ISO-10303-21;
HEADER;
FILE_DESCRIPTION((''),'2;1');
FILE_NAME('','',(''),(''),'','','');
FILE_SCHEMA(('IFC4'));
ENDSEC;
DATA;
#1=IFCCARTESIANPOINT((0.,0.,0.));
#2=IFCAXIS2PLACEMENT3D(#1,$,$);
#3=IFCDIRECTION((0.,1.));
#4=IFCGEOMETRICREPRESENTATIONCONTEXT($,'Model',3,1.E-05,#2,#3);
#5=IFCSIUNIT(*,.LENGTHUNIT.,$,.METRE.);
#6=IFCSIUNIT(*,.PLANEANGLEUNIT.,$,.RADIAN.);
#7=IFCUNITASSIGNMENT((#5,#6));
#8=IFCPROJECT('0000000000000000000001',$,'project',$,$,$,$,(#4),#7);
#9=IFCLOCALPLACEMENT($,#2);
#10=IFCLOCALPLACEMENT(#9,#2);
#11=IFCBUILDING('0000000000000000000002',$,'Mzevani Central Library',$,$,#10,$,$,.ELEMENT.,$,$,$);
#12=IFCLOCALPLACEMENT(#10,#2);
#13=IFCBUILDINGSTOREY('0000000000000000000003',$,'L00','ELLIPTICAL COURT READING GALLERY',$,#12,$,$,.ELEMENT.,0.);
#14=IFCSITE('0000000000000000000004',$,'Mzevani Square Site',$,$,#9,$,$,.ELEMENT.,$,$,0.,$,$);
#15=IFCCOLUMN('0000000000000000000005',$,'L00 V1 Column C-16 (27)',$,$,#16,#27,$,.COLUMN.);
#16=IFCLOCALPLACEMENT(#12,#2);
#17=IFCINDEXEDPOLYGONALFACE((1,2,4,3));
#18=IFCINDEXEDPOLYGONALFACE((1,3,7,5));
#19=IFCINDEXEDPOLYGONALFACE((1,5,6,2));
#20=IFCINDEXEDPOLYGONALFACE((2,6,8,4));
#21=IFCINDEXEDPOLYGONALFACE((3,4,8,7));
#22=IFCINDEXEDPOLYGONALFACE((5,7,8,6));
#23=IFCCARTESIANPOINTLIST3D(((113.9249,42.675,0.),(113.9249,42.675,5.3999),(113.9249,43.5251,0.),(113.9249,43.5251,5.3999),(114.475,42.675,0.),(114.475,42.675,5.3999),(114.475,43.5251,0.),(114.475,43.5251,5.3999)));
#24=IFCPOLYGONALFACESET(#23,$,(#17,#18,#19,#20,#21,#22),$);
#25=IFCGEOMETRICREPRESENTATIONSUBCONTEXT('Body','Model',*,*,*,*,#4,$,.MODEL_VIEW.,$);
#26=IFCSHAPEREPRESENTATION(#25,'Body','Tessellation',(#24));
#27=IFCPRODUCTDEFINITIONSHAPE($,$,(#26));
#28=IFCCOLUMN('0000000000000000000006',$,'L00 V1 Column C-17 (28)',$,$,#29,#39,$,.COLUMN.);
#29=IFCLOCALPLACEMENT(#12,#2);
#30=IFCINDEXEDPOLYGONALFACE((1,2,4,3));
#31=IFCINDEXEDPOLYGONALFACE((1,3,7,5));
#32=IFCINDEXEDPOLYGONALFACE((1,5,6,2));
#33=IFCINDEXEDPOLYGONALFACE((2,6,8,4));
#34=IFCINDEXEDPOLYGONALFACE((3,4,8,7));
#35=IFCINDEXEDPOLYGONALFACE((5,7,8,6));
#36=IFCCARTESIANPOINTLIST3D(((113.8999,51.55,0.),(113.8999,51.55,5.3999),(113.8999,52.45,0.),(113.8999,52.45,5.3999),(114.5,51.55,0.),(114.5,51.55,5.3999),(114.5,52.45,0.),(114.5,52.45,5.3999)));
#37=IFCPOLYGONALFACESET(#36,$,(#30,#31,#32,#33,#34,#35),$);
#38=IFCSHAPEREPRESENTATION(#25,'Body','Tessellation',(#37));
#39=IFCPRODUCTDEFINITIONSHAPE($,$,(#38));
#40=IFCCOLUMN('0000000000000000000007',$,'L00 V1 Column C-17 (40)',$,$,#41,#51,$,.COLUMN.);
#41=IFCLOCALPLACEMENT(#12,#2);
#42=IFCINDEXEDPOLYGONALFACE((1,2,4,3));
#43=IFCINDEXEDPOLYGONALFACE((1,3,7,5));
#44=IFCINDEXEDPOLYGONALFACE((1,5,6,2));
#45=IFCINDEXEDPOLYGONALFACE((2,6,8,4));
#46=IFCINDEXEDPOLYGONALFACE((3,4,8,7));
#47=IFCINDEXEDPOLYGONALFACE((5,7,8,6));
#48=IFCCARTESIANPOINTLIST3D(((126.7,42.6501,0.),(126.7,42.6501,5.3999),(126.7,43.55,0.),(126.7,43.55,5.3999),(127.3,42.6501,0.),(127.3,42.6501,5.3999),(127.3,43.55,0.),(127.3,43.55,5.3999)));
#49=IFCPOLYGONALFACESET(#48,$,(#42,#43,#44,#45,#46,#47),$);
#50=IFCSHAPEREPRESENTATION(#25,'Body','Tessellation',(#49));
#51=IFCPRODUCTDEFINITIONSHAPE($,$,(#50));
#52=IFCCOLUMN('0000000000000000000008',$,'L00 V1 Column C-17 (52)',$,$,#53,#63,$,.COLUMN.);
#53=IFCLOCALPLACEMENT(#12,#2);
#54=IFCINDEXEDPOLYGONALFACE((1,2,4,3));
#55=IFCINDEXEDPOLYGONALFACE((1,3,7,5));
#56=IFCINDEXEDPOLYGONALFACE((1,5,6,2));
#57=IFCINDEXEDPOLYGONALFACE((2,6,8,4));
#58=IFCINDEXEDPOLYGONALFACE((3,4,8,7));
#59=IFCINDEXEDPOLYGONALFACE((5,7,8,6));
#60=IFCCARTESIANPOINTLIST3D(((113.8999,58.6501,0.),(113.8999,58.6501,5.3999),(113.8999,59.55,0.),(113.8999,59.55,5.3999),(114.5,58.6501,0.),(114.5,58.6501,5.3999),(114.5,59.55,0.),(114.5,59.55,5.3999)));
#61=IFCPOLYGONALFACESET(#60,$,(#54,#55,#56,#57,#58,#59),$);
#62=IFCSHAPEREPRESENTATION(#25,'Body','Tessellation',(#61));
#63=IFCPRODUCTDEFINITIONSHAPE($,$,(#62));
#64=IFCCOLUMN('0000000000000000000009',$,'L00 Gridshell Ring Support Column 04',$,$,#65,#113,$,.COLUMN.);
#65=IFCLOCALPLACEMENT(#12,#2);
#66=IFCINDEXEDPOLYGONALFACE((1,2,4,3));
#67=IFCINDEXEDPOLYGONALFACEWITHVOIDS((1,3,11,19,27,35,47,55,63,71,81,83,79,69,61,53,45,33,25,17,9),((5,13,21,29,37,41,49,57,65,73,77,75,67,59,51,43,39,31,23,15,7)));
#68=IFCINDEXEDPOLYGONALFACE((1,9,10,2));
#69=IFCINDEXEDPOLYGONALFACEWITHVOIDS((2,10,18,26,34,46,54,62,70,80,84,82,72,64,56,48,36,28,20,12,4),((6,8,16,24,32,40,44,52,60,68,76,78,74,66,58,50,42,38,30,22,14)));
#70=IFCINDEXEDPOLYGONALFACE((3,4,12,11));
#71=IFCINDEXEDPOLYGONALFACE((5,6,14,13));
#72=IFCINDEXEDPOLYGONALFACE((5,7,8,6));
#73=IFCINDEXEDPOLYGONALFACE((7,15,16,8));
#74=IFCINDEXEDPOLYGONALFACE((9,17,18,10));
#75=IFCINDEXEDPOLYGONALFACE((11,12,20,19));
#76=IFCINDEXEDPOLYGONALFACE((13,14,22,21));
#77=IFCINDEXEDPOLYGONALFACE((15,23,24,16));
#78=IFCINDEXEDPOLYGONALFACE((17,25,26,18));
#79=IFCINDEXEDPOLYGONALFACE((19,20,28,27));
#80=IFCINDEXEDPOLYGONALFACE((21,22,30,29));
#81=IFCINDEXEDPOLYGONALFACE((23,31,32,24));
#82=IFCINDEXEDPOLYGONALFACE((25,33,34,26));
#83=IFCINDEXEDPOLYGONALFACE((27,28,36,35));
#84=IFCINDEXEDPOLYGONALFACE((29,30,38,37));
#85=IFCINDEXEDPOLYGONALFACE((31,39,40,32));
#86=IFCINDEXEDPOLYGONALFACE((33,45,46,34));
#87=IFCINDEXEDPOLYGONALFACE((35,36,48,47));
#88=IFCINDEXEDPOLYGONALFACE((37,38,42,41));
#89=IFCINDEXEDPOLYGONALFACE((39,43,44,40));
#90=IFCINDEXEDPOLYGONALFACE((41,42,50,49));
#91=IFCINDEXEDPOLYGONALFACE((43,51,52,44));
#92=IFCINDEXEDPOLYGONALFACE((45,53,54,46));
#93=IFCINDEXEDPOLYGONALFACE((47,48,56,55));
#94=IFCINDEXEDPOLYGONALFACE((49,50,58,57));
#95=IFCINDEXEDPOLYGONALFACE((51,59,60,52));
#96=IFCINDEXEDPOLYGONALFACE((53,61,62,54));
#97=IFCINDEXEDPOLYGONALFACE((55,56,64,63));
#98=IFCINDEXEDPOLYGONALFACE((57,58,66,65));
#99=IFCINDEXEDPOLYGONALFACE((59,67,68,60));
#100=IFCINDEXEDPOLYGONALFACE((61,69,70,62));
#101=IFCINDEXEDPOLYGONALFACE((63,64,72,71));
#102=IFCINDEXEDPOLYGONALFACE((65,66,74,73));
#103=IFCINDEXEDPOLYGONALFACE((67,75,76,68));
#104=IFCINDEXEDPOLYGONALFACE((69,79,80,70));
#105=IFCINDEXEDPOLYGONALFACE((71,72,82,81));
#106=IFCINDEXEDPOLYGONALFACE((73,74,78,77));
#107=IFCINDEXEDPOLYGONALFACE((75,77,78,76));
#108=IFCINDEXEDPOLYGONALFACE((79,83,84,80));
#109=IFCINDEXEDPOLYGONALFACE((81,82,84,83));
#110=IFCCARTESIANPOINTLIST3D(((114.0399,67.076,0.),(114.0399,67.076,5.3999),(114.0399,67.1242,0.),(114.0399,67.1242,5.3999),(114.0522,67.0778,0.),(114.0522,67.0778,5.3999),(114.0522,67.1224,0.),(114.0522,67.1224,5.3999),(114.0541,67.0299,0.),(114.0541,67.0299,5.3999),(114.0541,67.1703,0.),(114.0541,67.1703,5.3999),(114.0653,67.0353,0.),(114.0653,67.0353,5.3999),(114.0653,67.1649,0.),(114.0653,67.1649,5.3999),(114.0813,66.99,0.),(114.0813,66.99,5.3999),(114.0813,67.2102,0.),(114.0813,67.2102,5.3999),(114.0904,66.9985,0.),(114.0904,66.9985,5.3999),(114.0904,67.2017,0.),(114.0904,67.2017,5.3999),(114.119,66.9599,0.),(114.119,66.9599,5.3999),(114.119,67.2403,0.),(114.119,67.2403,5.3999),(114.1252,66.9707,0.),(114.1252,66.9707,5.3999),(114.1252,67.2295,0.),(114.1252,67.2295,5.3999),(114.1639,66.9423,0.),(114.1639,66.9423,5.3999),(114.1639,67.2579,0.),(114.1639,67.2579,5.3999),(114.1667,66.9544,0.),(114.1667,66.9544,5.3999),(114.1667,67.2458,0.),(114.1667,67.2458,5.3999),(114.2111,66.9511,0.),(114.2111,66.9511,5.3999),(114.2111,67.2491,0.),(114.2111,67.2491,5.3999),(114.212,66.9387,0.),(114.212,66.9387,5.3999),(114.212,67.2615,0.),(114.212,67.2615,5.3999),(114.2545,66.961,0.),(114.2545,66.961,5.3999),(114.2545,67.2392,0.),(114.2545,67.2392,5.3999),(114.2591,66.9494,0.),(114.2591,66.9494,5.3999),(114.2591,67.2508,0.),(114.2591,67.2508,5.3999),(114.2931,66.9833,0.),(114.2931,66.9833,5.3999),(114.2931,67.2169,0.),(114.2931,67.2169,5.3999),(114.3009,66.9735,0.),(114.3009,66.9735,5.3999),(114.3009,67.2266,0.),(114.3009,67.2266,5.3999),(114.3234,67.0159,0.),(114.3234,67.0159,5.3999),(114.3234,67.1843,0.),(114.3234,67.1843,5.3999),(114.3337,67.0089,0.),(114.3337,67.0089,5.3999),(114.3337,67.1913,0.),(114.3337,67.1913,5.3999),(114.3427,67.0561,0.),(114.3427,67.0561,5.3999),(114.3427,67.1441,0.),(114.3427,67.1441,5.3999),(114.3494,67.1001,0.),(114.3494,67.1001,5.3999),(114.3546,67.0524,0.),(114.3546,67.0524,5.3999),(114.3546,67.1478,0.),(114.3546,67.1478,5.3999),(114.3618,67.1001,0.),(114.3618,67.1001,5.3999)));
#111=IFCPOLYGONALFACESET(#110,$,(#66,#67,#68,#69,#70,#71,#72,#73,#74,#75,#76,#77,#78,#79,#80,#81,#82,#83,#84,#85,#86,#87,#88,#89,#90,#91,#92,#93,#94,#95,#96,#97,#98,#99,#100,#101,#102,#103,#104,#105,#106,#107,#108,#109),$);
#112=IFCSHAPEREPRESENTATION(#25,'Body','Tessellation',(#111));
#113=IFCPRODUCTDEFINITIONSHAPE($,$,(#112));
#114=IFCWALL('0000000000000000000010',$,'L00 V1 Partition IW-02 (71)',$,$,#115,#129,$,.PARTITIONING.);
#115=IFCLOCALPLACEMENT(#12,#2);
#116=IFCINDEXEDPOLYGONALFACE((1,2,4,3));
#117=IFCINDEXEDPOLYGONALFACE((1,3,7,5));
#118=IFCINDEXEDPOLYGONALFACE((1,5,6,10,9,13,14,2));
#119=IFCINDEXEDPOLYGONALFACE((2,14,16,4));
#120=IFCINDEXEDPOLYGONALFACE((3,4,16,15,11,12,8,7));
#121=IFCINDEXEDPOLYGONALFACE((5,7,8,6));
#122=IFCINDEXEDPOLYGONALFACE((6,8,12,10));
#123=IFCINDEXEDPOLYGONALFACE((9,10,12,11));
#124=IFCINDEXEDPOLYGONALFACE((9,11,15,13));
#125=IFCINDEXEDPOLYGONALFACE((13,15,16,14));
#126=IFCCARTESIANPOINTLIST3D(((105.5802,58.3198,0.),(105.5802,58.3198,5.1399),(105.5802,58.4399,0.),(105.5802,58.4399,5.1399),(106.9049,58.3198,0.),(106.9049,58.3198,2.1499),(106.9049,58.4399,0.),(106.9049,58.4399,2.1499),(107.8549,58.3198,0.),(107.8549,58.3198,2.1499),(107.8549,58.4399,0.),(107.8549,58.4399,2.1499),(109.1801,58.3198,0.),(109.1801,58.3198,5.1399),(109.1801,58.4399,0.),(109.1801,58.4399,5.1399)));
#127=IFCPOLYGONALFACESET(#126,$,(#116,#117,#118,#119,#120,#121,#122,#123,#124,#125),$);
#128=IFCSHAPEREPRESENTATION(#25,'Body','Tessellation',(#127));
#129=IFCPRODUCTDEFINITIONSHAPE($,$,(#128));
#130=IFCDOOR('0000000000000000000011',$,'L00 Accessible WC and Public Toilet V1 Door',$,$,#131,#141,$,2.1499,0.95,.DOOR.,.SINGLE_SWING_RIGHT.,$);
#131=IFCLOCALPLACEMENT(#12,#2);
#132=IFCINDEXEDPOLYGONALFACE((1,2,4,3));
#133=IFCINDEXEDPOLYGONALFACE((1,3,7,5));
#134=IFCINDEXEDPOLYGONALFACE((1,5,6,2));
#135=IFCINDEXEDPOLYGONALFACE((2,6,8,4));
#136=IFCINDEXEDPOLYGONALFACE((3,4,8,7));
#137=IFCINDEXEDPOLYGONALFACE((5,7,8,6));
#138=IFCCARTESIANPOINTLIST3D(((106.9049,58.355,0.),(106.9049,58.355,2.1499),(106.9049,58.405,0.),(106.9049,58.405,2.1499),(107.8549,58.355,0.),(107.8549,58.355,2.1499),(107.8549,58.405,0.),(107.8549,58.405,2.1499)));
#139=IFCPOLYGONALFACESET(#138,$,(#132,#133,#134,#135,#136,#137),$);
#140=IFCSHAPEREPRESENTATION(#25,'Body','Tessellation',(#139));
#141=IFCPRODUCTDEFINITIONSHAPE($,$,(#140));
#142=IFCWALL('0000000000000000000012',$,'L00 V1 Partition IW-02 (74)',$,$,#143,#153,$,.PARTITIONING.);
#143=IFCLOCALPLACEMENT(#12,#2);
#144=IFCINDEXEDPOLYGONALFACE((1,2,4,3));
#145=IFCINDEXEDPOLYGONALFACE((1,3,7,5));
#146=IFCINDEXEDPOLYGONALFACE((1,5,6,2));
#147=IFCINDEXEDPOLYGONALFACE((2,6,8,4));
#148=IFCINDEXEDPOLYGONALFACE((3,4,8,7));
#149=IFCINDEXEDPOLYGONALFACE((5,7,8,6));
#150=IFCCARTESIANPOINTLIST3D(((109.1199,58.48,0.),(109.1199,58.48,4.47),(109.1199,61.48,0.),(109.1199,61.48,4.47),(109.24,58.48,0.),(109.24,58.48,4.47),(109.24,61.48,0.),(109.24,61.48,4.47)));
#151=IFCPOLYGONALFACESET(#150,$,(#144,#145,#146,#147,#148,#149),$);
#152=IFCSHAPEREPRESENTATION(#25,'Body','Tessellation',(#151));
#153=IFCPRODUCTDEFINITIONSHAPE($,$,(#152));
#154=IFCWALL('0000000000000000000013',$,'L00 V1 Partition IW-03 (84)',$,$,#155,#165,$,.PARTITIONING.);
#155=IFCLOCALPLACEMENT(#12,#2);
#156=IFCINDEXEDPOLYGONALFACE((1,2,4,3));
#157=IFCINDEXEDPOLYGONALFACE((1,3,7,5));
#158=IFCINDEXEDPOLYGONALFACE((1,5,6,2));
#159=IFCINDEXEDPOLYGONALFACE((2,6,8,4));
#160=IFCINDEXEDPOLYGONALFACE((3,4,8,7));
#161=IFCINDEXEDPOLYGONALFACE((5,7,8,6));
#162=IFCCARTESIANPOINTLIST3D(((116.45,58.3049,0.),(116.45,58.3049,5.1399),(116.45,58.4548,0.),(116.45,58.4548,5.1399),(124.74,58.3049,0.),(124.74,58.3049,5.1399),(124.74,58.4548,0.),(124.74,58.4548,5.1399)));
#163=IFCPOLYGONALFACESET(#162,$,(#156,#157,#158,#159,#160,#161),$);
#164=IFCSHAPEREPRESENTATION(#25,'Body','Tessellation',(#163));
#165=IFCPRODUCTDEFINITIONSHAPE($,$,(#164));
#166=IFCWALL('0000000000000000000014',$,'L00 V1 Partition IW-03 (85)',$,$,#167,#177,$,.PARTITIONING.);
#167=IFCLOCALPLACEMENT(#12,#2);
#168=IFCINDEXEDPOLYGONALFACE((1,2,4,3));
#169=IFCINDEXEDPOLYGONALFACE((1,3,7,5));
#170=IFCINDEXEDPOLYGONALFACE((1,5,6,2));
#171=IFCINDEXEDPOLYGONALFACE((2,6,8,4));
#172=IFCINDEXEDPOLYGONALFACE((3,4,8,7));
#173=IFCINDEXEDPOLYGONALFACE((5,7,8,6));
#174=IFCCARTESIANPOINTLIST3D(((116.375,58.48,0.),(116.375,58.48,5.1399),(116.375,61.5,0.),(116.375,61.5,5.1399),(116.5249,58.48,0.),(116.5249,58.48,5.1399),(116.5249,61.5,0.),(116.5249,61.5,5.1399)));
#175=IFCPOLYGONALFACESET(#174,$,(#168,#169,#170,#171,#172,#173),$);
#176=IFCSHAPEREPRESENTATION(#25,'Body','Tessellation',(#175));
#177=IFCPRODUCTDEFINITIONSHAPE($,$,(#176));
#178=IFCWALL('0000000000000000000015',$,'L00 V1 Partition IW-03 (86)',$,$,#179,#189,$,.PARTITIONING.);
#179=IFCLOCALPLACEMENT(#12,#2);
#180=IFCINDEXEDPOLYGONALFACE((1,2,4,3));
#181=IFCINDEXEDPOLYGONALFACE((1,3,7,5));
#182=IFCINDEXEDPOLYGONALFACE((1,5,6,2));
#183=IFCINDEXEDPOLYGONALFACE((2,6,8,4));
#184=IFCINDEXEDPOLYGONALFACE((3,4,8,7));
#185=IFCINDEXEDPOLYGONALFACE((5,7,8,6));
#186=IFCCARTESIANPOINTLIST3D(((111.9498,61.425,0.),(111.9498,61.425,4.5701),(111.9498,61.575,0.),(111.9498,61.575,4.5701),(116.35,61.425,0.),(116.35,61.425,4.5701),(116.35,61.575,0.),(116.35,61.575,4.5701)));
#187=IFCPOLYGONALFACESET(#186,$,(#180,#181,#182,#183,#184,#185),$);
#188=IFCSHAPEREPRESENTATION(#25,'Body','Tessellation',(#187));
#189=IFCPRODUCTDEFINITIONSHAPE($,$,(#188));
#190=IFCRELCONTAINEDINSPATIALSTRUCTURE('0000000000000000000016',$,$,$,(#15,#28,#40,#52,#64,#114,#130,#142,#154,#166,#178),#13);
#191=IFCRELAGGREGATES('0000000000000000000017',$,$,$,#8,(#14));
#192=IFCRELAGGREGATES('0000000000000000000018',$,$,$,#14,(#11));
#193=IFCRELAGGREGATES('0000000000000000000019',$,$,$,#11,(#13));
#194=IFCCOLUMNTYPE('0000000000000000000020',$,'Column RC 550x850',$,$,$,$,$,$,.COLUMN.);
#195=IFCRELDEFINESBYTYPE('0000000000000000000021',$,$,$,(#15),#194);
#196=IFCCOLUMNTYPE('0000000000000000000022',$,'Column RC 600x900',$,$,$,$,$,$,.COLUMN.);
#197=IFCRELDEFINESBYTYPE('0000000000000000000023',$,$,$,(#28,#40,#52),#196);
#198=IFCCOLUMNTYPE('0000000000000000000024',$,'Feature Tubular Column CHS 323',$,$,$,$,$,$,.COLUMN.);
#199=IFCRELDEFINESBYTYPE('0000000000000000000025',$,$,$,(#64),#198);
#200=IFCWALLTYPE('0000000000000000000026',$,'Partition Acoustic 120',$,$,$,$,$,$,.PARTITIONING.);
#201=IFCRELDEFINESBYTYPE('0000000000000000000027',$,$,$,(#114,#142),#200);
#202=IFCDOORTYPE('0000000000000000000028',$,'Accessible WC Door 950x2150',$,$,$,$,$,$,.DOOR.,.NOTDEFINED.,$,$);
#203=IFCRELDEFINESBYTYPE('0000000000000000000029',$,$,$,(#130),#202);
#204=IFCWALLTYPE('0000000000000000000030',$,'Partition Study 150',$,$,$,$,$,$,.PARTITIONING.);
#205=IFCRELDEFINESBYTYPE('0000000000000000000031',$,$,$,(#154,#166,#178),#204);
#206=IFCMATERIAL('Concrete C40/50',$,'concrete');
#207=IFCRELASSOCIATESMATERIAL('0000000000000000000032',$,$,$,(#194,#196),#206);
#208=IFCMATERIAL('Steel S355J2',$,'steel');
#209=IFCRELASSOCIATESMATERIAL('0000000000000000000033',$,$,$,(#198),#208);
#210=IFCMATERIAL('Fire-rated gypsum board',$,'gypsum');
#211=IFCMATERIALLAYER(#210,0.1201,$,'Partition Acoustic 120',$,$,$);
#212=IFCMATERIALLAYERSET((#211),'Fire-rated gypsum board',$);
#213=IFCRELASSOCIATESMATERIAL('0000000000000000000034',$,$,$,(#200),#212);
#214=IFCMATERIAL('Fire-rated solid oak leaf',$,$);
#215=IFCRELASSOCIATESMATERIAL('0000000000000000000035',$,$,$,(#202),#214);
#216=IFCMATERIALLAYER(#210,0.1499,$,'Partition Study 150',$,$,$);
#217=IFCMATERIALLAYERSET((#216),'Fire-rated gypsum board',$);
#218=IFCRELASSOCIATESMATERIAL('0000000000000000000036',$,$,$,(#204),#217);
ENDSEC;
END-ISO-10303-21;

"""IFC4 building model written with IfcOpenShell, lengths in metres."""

from ifc_helpers import new_model, si_unit, direction, frame, frame_2d, origin, origin_2d, place, context, subcontext, project, spatial, rectangle, hollow_circle, extrude, material, layer, layer_set, material_profile, profile_set, type_object, element, fill, save


model = new_model("IFC4")

# Units and contexts
model_context = context("Model", 3, precision=1e-05, world=origin(), true_north=direction((0.0, 1.0)))
body_context = subcontext(model_context, "Body", "Model", "MODEL_VIEW")
ifc_project = project(units=[si_unit("LENGTHUNIT", "METRE"), si_unit("PLANEANGLEUNIT", "RADIAN")], contexts=[model_context])

# Site, building, storey
site_placement = place(None, origin())
site = spatial("IfcSite", under=ifc_project, at=site_placement, Name="Mzevani Square Site", CompositionType="ELEMENT", RefElevation=0.0)
building_placement = place(site_placement, origin())
building = spatial("IfcBuilding", under=site, at=building_placement, Name="Mzevani Central Library", CompositionType="ELEMENT")
storey_placement = place(building_placement, origin())
storey = spatial("IfcBuildingStorey", under=building, at=storey_placement, Name="L00", Description="ELLIPTICAL COURT READING GALLERY", CompositionType="ELEMENT", Elevation=0.0)

# Columns
ifc_material_1 = material(Name="Steel S355J2", Category="steel")
ifc_material_2 = material(Name="Concrete C40/50", Category="concrete")
ifc_material_profile_1 = material_profile(ifc_material_2, rectangle(XDim=0.55, YDim=0.8501, at=origin_2d()), Name="RC 550x850")
ifc_profile_set_1 = profile_set([ifc_material_profile_1], Name="Concrete C40/50")
column_type_1 = type_object("IfcColumnType", Name="Column RC 550x850", PredefinedType="COLUMN", material=ifc_profile_set_1)
column_1_placement = place(storey_placement, frame((114.2, 43.1001, 0.0), z_axis=(0.0, 0.0, 1.0), x_axis=(1.0, 0.0, 0.0)))
element("IfcColumn", 1, at=column_1_placement, inside=storey, type_object=column_type_1, Name="L00 V1 Column C-16 (27)", PredefinedType="COLUMN", context=body_context, shape_type="SweptSolid", body=[
    extrude(rectangle(XDim=0.55, YDim=0.8501, at=origin_2d()), origin(), (0.0, 0.0, 1.0), 5.3999),
])
ifc_material_profile_2 = material_profile(ifc_material_2, rectangle(XDim=0.6001, YDim=0.8999, at=origin_2d()), Name="RC 600x900")
ifc_profile_set_2 = profile_set([ifc_material_profile_2], Name="Concrete C40/50")
column_type_2 = type_object("IfcColumnType", Name="Column RC 600x900", PredefinedType="COLUMN", material=ifc_profile_set_2)
for number, where, z_axis, x_axis, name in (
    (2, (114.2, 52.0, 0.0), (0.0, 0.0, 1.0), (1.0, 0.0, 0.0), "L00 V1 Column C-17 (28)"),
    (3, (127.0, 43.1001, 0.0), (0.0, 0.0, 1.0), (1.0, 0.0, 0.0), "L00 V1 Column C-17 (40)"),
    (4, (114.2, 59.1001, 0.0), (0.0, 0.0, 1.0), (1.0, 0.0, 0.0), "L00 V1 Column C-17 (52)"),
):
    element("IfcColumn", number, at=place(storey_placement, frame(where, z_axis=z_axis, x_axis=x_axis)), inside=storey, type_object=column_type_2, Name=name, PredefinedType="COLUMN", context=body_context, shape_type="SweptSolid", body=[
        extrude(rectangle(XDim=0.6001, YDim=0.8999, at=origin_2d()), origin(), (0.0, 0.0, 1.0), 5.3999),
    ])
ifc_material_profile_3 = material_profile(ifc_material_1, hollow_circle(Radius=0.1619, WallThickness=0.0125, at=origin_2d()), Name="CHS 323.9x12.5")
ifc_profile_set_3 = profile_set([ifc_material_profile_3], Name="Steel S355J2")
column_type_3 = type_object("IfcColumnType", Name="Feature Tubular Column CHS 323", PredefinedType="COLUMN", material=ifc_profile_set_3)
column_2_placement = place(storey_placement, frame((114.2, 67.1001, 0.0), z_axis=(0.0, 0.0, 1.0), x_axis=(1.0, 0.0, 0.0)))
element("IfcColumn", 5, at=column_2_placement, inside=storey, type_object=column_type_3, Name="L00 Gridshell Ring Support Column 04", PredefinedType="COLUMN", context=body_context, shape_type="SweptSolid", body=[
    extrude(hollow_circle(Radius=0.1619, WallThickness=0.0125, at=origin_2d()), origin(), (0.0, 0.0, 1.0), 5.3999),
])

# Wall, opening, door
ifc_material_3 = material(Name="Fire-rated gypsum board", Category="gypsum")
ifc_layer_1 = layer(ifc_material_3, 0.1201, Name="Partition Acoustic 120")
ifc_layer_set_1 = layer_set([ifc_layer_1], Name="Fire-rated gypsum board")
wall_type_1 = type_object("IfcWallType", Name="Partition Acoustic 120", PredefinedType="PARTITIONING", material=ifc_layer_set_1)
wall_1_placement = place(storey_placement, frame((109.1799, 58.3799, 0.0), z_axis=(0.0, 0.0, 1.0), x_axis=(-1.0, 0.0, 0.0)))
wall_1 = element("IfcWall", 6, at=wall_1_placement, inside=storey, type_object=wall_type_1, Name="L00 V1 Partition IW-02 (71)", PredefinedType="PARTITIONING", context=body_context, shape_type="SweptSolid", body=[
    extrude(rectangle(XDim=3.5999, YDim=0.1201, at=frame_2d((1.7998, 0.0))), origin(), (0.0, 0.0, 1.0), 5.1399),
])
opening_placement = place(wall_1_placement, frame((1.325, 0.0, 0.0)))
opening = element("IfcOpeningElement", 7, at=opening_placement, cuts=wall_1, PredefinedType="OPENING", context=body_context, shape_type="SweptSolid", body=[
    extrude(rectangle(XDim=0.95, YDim=2.1499, at=frame_2d((0.4751, 1.075))), frame((0.0, 0.0701, 0.0), z_axis=(0.0, -1.0, 0.0), x_axis=(1.0, 0.0, 0.0)), (0.0, 0.0, 1.0), 0.1401),
])
ifc_material_4 = material(Name="Fire-rated solid oak leaf")
door_type = type_object("IfcDoorType", Name="Accessible WC Door 950x2150", OperationType="NOTDEFINED", PredefinedType="DOOR", material=ifc_material_4)
door_placement = place(opening_placement, origin())
door = element("IfcDoor", 8, at=door_placement, inside=storey, type_object=door_type, Name="L00 Accessible WC and Public Toilet V1 Door", OperationType="SINGLE_SWING_RIGHT", OverallHeight=2.1499, OverallWidth=0.95, PredefinedType="DOOR", context=body_context, shape_type="SweptSolid", body=[
    extrude(rectangle(XDim=0.95, YDim=2.1499, at=frame_2d((0.4751, 1.075))), frame((0.0, 0.0249, 0.0), z_axis=(0.0, -1.0, 0.0), x_axis=(1.0, 0.0, 0.0)), (0.0, 0.0, 1.0), 0.05),
])
fill(opening, door)

# Walls
wall_2_placement = place(storey_placement, frame((109.1799, 61.48, 0.0), z_axis=(0.0, 0.0, 1.0), x_axis=(0.0, -1.0, 0.0)))
element("IfcWall", 9, at=wall_2_placement, inside=storey, type_object=wall_type_1, Name="L00 V1 Partition IW-02 (74)", PredefinedType="PARTITIONING", context=body_context, shape_type="SweptSolid", body=[
    extrude(rectangle(XDim=3.0, YDim=0.1201, at=frame_2d((1.5, 0.0))), origin(), (0.0, 0.0, 1.0), 4.47),
])
ifc_layer_2 = layer(ifc_material_3, 0.1499, Name="Partition Study 150")
ifc_layer_set_2 = layer_set([ifc_layer_2], Name="Fire-rated gypsum board")
wall_type_2 = type_object("IfcWallType", Name="Partition Study 150", PredefinedType="PARTITIONING", material=ifc_layer_set_2)
wall_3_placement = place(storey_placement, frame((124.74, 58.3799, 0.0), z_axis=(0.0, 0.0, 1.0), x_axis=(-1.0, 0.0, 0.0)))
element("IfcWall", 10, at=wall_3_placement, inside=storey, type_object=wall_type_2, Name="L00 V1 Partition IW-03 (84)", PredefinedType="PARTITIONING", context=body_context, shape_type="SweptSolid", body=[
    extrude(rectangle(XDim=8.29, YDim=0.1499, at=frame_2d((4.145, 0.0))), origin(), (0.0, 0.0, 1.0), 5.1399),
])
wall_4_placement = place(storey_placement, frame((116.45, 58.48, 0.0), z_axis=(0.0, 0.0, 1.0), x_axis=(0.0, 1.0, 0.0)))
element("IfcWall", 11, at=wall_4_placement, inside=storey, type_object=wall_type_2, Name="L00 V1 Partition IW-03 (85)", PredefinedType="PARTITIONING", context=body_context, shape_type="SweptSolid", body=[
    extrude(rectangle(XDim=3.02, YDim=0.1499, at=frame_2d((1.51, 0.0))), origin(), (0.0, 0.0, 1.0), 5.1399),
])
wall_5_placement = place(storey_placement, frame((116.3501, 61.5, 0.0), z_axis=(0.0, 0.0, 1.0), x_axis=(-1.0, 0.0, 0.0)))
element("IfcWall", 12, at=wall_5_placement, inside=storey, type_object=wall_type_2, Name="L00 V1 Partition IW-03 (86)", PredefinedType="PARTITIONING", context=body_context, shape_type="SweptSolid", body=[
    extrude(rectangle(XDim=4.4001, YDim=0.1499, at=frame_2d((2.2002, 0.0))), origin(), (0.0, 0.0, 1.0), 4.5701),
])

save(model, "model.ifc")
